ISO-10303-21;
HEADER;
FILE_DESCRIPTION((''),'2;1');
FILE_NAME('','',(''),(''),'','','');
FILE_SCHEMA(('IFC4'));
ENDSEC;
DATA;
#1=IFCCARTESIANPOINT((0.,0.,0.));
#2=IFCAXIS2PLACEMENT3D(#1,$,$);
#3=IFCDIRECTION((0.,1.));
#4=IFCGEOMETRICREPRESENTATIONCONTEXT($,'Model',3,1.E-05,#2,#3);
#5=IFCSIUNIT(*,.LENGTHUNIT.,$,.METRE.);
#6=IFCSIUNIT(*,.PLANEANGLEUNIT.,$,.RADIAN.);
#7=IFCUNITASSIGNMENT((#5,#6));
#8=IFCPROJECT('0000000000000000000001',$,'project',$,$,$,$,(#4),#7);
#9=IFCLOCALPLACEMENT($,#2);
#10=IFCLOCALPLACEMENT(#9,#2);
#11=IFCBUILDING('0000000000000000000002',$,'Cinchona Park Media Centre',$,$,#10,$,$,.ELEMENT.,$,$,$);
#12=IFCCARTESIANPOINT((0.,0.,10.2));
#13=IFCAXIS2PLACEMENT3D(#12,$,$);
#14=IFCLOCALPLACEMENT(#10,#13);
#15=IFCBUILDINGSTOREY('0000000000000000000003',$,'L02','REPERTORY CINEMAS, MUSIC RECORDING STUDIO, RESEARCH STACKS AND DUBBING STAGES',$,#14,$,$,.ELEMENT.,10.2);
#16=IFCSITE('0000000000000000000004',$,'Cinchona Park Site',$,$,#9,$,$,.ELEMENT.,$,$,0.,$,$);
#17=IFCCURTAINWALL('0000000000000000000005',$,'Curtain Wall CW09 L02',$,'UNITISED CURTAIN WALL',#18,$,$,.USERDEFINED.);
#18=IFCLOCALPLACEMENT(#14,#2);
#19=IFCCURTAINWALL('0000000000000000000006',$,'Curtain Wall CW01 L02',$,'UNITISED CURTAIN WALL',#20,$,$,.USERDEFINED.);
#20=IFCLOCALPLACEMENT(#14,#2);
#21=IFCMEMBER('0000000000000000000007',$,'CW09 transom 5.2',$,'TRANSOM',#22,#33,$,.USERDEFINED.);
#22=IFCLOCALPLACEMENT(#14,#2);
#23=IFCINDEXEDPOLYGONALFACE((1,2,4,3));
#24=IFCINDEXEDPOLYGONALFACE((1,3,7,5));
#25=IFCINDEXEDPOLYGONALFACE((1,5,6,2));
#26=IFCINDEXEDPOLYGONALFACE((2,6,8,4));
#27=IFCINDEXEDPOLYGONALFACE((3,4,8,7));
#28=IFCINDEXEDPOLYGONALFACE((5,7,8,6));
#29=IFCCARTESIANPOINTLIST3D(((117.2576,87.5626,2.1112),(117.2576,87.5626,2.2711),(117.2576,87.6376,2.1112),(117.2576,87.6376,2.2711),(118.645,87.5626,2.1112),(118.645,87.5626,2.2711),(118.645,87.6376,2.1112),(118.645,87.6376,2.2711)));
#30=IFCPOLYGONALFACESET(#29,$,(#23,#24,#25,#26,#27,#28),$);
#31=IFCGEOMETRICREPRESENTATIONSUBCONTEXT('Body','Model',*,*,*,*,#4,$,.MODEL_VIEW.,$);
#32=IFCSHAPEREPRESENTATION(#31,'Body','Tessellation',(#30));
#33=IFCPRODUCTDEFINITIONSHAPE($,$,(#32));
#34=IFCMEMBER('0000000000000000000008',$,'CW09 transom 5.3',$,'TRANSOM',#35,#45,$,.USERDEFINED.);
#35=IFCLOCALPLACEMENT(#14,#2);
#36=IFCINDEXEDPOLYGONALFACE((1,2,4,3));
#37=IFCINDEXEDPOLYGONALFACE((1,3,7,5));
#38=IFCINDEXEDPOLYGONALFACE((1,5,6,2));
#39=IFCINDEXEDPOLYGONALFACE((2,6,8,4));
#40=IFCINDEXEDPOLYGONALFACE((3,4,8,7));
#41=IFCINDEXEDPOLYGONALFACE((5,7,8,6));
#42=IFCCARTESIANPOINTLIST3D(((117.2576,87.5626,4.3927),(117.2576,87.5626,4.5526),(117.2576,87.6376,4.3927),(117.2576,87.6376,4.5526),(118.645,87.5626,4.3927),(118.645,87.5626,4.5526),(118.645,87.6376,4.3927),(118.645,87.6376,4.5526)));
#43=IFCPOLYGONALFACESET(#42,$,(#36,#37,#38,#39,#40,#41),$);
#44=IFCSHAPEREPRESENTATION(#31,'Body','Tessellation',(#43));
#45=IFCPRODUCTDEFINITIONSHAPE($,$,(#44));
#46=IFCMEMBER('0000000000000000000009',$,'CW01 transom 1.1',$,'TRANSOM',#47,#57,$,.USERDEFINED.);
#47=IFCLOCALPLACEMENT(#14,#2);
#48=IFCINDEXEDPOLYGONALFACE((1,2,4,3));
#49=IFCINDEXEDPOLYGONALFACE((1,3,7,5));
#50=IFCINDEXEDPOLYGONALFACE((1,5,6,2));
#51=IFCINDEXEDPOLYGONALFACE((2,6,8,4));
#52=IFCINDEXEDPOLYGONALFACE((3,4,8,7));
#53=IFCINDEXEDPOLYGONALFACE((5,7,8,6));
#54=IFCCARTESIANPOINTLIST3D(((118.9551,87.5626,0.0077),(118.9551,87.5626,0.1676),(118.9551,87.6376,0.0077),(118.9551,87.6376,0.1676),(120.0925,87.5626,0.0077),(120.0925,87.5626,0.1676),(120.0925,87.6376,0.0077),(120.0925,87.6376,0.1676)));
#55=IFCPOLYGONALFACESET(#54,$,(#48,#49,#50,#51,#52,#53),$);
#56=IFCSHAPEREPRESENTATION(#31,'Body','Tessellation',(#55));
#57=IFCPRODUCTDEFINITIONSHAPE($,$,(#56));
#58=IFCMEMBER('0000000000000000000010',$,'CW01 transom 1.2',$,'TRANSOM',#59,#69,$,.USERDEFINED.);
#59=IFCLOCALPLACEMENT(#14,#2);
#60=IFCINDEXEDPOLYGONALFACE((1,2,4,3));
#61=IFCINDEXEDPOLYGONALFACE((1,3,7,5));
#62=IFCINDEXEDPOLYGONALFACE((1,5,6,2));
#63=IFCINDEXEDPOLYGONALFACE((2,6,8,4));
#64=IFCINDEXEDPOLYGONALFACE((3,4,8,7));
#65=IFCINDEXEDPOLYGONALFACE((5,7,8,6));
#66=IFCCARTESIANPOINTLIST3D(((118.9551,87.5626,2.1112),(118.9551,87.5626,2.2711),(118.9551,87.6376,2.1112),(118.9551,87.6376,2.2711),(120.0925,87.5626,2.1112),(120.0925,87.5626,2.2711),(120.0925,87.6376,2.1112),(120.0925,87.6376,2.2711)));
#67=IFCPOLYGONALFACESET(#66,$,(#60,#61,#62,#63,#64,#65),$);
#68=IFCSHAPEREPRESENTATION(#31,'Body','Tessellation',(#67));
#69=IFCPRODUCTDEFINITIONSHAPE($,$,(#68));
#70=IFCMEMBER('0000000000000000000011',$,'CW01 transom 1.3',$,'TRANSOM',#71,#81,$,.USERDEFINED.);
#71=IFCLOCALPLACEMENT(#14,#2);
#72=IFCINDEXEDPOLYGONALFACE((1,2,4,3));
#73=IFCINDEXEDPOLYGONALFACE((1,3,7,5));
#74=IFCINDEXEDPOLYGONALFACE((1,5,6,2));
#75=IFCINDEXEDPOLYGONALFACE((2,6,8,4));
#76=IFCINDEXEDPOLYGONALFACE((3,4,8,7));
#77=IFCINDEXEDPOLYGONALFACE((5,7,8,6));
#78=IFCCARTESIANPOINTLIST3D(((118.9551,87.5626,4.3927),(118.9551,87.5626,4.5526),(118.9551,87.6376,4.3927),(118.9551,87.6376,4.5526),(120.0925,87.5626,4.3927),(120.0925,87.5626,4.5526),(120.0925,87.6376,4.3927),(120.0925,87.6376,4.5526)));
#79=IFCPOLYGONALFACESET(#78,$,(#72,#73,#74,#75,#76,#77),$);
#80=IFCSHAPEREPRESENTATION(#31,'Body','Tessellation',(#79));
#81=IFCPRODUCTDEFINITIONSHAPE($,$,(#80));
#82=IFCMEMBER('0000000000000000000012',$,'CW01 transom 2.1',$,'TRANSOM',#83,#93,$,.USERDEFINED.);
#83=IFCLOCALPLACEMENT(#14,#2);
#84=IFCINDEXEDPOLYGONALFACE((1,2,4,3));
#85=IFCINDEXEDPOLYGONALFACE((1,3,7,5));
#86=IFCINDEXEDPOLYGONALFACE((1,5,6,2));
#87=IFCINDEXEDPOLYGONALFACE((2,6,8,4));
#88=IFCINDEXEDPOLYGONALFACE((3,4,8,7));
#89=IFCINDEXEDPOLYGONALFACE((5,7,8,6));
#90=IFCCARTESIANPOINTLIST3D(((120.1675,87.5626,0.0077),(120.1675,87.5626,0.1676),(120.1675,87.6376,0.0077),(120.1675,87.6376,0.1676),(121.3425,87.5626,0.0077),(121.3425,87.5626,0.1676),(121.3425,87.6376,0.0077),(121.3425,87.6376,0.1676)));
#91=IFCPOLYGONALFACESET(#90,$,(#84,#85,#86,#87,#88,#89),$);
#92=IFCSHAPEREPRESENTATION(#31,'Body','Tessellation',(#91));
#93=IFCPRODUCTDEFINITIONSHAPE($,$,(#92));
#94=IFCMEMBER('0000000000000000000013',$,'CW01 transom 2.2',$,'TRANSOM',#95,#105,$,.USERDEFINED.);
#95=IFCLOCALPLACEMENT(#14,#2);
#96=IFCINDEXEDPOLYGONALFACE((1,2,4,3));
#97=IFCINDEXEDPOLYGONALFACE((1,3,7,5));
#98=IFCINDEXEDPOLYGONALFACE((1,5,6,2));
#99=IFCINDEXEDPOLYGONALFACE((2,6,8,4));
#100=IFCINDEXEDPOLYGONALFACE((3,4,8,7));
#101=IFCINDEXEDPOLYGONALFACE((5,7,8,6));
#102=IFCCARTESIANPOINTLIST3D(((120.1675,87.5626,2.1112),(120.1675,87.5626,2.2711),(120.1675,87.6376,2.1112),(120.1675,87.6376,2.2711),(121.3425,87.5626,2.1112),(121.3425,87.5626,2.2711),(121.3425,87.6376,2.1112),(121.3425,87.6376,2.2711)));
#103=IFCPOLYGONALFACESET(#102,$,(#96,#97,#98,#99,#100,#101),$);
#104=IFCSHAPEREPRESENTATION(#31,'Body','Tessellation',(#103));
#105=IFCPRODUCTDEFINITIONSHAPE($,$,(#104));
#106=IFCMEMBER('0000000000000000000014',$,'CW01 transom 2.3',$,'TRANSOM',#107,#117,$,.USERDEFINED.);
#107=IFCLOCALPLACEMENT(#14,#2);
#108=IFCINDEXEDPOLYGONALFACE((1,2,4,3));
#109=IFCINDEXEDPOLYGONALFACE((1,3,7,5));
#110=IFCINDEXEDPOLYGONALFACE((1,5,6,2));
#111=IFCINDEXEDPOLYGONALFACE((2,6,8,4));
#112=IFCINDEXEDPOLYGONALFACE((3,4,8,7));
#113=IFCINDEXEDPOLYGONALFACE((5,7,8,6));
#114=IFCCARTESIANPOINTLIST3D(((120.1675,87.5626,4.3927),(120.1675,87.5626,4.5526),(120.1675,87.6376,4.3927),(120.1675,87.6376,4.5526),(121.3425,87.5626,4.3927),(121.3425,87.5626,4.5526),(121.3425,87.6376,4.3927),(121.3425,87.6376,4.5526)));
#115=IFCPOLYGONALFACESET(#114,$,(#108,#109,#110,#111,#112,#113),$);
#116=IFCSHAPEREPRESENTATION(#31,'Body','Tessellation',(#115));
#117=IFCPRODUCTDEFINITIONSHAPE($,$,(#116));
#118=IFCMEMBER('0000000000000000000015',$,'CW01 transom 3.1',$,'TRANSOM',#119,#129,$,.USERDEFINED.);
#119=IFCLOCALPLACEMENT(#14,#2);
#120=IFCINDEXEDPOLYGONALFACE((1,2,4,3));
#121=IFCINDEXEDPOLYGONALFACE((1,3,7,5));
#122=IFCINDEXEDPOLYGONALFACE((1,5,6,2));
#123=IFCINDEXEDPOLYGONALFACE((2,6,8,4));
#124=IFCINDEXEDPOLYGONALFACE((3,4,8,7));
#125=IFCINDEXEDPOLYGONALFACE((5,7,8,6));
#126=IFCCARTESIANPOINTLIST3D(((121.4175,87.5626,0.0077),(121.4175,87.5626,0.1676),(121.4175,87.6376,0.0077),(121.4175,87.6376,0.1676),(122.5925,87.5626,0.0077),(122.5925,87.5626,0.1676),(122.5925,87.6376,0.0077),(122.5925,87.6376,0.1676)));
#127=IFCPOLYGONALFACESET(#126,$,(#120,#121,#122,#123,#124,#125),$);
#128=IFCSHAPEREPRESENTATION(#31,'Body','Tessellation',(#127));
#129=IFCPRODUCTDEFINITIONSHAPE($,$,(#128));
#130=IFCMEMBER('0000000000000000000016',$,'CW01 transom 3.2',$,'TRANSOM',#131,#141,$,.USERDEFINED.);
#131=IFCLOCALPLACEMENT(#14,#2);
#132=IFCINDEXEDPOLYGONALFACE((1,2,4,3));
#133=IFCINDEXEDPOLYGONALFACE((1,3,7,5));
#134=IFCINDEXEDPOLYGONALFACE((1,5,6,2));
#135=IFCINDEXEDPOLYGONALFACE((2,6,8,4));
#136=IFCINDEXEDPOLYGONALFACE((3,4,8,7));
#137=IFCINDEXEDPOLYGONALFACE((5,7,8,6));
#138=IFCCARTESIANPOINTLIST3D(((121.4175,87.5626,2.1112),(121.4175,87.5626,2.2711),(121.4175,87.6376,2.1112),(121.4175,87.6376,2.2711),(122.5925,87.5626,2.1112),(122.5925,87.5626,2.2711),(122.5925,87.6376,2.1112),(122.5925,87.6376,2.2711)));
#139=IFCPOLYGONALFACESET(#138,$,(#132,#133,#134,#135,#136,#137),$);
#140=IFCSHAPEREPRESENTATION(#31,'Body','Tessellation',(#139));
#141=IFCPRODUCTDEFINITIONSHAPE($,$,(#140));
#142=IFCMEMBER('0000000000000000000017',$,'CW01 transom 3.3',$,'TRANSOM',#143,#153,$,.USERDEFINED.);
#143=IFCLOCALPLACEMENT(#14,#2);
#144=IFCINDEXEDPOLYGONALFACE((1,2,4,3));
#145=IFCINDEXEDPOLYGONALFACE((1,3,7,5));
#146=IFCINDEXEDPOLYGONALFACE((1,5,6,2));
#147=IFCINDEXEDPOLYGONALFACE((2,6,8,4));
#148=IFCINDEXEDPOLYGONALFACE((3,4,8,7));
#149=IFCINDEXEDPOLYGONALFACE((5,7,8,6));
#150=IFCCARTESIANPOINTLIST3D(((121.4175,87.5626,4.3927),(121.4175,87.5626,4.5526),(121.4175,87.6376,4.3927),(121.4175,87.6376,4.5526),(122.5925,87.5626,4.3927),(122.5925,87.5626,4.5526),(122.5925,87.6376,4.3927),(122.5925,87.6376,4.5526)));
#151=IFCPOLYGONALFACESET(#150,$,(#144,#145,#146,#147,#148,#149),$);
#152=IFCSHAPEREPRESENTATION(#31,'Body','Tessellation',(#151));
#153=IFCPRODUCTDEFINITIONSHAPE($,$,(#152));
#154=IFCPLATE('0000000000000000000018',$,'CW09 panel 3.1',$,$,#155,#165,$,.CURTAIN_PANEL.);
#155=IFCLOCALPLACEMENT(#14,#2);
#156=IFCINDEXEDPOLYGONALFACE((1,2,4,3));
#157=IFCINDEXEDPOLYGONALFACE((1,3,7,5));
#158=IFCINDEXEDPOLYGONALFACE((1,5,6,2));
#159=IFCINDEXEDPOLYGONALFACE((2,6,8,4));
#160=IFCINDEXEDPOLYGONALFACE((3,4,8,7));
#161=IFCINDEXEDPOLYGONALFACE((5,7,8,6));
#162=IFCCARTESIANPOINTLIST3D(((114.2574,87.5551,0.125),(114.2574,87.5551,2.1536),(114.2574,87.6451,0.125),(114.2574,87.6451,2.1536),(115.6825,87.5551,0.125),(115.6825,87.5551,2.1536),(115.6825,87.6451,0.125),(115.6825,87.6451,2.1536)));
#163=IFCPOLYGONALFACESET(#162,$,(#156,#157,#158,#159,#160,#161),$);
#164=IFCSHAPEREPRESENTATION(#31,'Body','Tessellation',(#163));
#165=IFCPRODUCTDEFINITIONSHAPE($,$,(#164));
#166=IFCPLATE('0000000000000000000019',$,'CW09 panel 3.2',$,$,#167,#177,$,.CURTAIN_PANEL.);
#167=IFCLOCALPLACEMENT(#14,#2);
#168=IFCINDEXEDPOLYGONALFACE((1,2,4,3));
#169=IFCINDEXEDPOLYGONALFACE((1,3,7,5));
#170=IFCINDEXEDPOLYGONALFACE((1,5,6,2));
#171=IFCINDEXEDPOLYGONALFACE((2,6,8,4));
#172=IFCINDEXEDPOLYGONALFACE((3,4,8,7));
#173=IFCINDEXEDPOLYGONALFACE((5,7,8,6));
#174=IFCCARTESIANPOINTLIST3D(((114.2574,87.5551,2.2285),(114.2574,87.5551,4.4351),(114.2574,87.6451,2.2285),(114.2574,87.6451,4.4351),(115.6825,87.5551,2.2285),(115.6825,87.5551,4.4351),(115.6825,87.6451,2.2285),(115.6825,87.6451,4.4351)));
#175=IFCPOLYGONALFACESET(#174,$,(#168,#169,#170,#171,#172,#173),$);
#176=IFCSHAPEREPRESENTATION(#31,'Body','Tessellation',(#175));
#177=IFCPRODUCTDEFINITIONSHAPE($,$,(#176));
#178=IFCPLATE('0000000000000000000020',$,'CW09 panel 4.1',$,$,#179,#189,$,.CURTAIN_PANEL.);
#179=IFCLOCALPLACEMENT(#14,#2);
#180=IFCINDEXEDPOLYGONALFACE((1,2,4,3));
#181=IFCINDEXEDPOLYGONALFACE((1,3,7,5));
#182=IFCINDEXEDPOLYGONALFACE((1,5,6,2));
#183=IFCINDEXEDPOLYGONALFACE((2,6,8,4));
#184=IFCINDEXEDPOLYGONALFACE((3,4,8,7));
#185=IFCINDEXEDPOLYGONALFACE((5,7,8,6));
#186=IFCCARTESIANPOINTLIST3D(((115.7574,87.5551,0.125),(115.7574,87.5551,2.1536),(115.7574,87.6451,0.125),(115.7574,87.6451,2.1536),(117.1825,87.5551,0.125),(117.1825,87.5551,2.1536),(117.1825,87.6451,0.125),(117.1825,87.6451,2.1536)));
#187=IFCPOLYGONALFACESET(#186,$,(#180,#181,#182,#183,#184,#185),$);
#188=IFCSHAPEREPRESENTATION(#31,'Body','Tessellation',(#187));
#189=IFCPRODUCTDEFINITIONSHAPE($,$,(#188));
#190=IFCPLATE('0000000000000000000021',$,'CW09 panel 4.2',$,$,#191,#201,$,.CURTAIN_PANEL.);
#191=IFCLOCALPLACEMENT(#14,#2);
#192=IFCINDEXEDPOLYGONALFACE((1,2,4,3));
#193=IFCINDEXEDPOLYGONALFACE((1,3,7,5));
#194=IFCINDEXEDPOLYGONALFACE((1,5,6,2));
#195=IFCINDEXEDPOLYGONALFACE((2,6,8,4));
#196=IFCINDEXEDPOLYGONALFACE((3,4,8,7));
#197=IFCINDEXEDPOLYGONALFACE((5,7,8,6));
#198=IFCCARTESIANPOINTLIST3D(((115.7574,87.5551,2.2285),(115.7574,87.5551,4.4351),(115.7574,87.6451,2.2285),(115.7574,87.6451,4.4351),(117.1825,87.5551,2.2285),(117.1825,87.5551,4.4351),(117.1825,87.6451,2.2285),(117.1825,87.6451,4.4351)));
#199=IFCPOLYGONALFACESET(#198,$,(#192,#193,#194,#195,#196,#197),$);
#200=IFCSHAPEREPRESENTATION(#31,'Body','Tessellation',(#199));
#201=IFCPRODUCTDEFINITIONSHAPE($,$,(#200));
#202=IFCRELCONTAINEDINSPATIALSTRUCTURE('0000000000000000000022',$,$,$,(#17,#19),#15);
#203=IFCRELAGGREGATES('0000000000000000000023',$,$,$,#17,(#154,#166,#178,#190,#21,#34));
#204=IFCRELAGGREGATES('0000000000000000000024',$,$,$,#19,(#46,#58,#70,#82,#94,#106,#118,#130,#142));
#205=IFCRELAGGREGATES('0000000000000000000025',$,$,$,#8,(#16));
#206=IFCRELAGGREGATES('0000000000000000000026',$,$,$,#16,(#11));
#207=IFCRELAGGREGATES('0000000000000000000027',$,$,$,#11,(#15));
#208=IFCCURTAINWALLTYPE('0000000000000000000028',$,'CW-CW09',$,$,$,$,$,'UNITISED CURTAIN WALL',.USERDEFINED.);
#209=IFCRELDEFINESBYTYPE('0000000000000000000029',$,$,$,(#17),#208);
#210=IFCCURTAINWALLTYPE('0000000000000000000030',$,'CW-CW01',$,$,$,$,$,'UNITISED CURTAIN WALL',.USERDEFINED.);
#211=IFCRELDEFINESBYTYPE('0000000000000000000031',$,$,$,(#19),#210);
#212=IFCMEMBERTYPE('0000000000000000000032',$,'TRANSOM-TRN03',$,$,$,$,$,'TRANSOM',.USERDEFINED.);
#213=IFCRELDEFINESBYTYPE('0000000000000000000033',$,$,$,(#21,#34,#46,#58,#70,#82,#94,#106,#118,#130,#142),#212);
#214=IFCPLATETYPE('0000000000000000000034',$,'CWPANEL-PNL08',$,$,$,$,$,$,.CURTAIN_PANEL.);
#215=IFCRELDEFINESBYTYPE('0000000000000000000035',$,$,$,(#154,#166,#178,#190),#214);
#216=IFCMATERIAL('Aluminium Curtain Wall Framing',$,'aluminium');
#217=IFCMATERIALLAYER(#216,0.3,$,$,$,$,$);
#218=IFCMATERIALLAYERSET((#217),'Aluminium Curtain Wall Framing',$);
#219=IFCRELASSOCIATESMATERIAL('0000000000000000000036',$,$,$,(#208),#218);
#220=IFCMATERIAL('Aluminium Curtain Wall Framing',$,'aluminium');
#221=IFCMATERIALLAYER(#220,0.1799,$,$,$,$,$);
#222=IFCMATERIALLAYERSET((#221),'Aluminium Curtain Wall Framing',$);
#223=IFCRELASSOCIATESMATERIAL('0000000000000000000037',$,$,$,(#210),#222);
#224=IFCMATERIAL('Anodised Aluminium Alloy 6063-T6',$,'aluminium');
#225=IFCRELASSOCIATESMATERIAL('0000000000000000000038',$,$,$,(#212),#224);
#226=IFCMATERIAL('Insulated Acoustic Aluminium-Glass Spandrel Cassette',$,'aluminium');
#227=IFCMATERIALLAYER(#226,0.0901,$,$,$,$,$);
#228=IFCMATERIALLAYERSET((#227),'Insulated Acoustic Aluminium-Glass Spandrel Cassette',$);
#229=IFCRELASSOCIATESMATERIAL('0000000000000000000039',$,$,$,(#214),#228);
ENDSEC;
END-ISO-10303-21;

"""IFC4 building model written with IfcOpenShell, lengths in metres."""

from ifc_helpers import new_model, si_unit, direction, frame, origin, origin_2d, place, context, subcontext, project, spatial, rectangle, extrude, material, layer, layer_set, material_profile, profile_set, type_object, element, aggregate, save


model = new_model("IFC4")

# Units and contexts
model_context = context("Model", 3, precision=1e-05, world=origin(), true_north=direction((0.0, 1.0)))
body_context = subcontext(model_context, "Body", "Model", "MODEL_VIEW")
ifc_project = project(units=[si_unit("LENGTHUNIT", "METRE"), si_unit("PLANEANGLEUNIT", "RADIAN")], contexts=[model_context])

# Site, building, storey
site_placement = place(None, origin())
site = spatial("IfcSite", under=ifc_project, at=site_placement, Name="Cinchona Park Site", CompositionType="ELEMENT", RefElevation=0.0)
building_placement = place(site_placement, origin())
building = spatial("IfcBuilding", under=site, at=building_placement, Name="Cinchona Park Media Centre", CompositionType="ELEMENT")
storey_placement = place(building_placement, frame((0.0, 0.0, 10.2)))
storey = spatial("IfcBuildingStorey", under=building, at=storey_placement, Name="L02", Description="REPERTORY CINEMAS, MUSIC RECORDING STUDIO, RESEARCH STACKS AND DUBBING STAGES", CompositionType="ELEMENT", Elevation=10.2)

# Curtain walls
ifc_material_1 = material(Name="Aluminium Curtain Wall Framing", Category="aluminium")
ifc_layer_1 = layer(ifc_material_1, 0.3)
ifc_layer_set_1 = layer_set([ifc_layer_1], Name="Aluminium Curtain Wall Framing")
curtain_wall_type_1 = type_object("IfcCurtainWallType", Name="CW-CW09", ElementType="UNITISED CURTAIN WALL", PredefinedType="USERDEFINED", material=ifc_layer_set_1)
curtain_wall_1_placement = place(storey_placement, origin())
curtain_wall_1 = element("IfcCurtainWall", 1, at=curtain_wall_1_placement, inside=storey, type_object=curtain_wall_type_1, Name="Curtain Wall CW09 L02", ObjectType="UNITISED CURTAIN WALL", PredefinedType="USERDEFINED")
ifc_material_2 = material(Name="Aluminium Curtain Wall Framing", Category="aluminium")
ifc_layer_2 = layer(ifc_material_2, 0.1799)
ifc_layer_set_2 = layer_set([ifc_layer_2], Name="Aluminium Curtain Wall Framing")
curtain_wall_type_2 = type_object("IfcCurtainWallType", Name="CW-CW01", ElementType="UNITISED CURTAIN WALL", PredefinedType="USERDEFINED", material=ifc_layer_set_2)
curtain_wall_2_placement = place(storey_placement, origin())
curtain_wall_2 = element("IfcCurtainWall", 2, at=curtain_wall_2_placement, inside=storey, type_object=curtain_wall_type_2, Name="Curtain Wall CW01 L02", ObjectType="UNITISED CURTAIN WALL", PredefinedType="USERDEFINED")

# Members
ifc_material_3 = material(Name="Anodised Aluminium Alloy 6063-T6", Category="aluminium")
ifc_material_profile_1 = material_profile(ifc_material_3, rectangle(XDim=0.075, YDim=0.1599, at=origin_2d()), Name="TRN-75X160")
ifc_profile_set_1 = profile_set([ifc_material_profile_1], Name="Anodised Aluminium Alloy 6063-T6")
member_type_1 = type_object("IfcMemberType", Name="TRANSOM-TRN03", ElementType="TRANSOM", PredefinedType="USERDEFINED", material=ifc_profile_set_1)
member_1_placement = place(storey_placement, frame((117.2576, 87.6001, 2.1912), z_axis=(1.0, 0.0, 0.0), x_axis=(0.0, 1.0, 0.0)))
member_1 = element("IfcMember", 3, at=member_1_placement, type_object=member_type_1, Name="CW09 transom 5.2", ObjectType="TRANSOM", PredefinedType="USERDEFINED", context=body_context, shape_type="SweptSolid", body=[
    extrude(rectangle(XDim=0.075, YDim=0.1599, at=origin_2d()), origin(), (0.0, 0.0, 1.0), 1.3875),
])
member_2_placement = place(storey_placement, frame((117.2576, 87.6001, 4.4727), z_axis=(1.0, 0.0, 0.0), x_axis=(0.0, 1.0, 0.0)))
member_2 = element("IfcMember", 4, at=member_2_placement, type_object=member_type_1, Name="CW09 transom 5.3", ObjectType="TRANSOM", PredefinedType="USERDEFINED", context=body_context, shape_type="SweptSolid", body=[
    extrude(rectangle(XDim=0.075, YDim=0.1599, at=origin_2d()), origin(), (0.0, 0.0, 1.0), 1.3875),
])
member_3_placement = place(storey_placement, frame((118.9551, 87.6001, 0.0876), z_axis=(1.0, 0.0, 0.0), x_axis=(0.0, 1.0, 0.0)))
member_3 = element("IfcMember", 5, at=member_3_placement, type_object=member_type_1, Name="CW01 transom 1.1", ObjectType="TRANSOM", PredefinedType="USERDEFINED", context=body_context, shape_type="SweptSolid", body=[
    extrude(rectangle(XDim=0.075, YDim=0.1599, at=origin_2d()), origin(), (0.0, 0.0, 1.0), 1.1375),
])
member_4_placement = place(storey_placement, frame((118.9551, 87.6001, 2.1912), z_axis=(1.0, 0.0, 0.0), x_axis=(0.0, 1.0, 0.0)))
member_4 = element("IfcMember", 6, at=member_4_placement, type_object=member_type_1, Name="CW01 transom 1.2", ObjectType="TRANSOM", PredefinedType="USERDEFINED", context=body_context, shape_type="SweptSolid", body=[
    extrude(rectangle(XDim=0.075, YDim=0.1599, at=origin_2d()), origin(), (0.0, 0.0, 1.0), 1.1375),
])
member_5_placement = place(storey_placement, frame((118.9551, 87.6001, 4.4727), z_axis=(1.0, 0.0, 0.0), x_axis=(0.0, 1.0, 0.0)))
member_5 = element("IfcMember", 7, at=member_5_placement, type_object=member_type_1, Name="CW01 transom 1.3", ObjectType="TRANSOM", PredefinedType="USERDEFINED", context=body_context, shape_type="SweptSolid", body=[
    extrude(rectangle(XDim=0.075, YDim=0.1599, at=origin_2d()), origin(), (0.0, 0.0, 1.0), 1.1375),
])
member_6_placement = place(storey_placement, frame((120.1675, 87.6001, 0.0876), z_axis=(1.0, 0.0, 0.0), x_axis=(0.0, 1.0, 0.0)))
member_6 = element("IfcMember", 8, at=member_6_placement, type_object=member_type_1, Name="CW01 transom 2.1", ObjectType="TRANSOM", PredefinedType="USERDEFINED", context=body_context, shape_type="SweptSolid", body=[
    extrude(rectangle(XDim=0.075, YDim=0.1599, at=origin_2d()), origin(), (0.0, 0.0, 1.0), 1.175),
])
member_7_placement = place(storey_placement, frame((120.1675, 87.6001, 2.1912), z_axis=(1.0, 0.0, 0.0), x_axis=(0.0, 1.0, 0.0)))
member_7 = element("IfcMember", 9, at=member_7_placement, type_object=member_type_1, Name="CW01 transom 2.2", ObjectType="TRANSOM", PredefinedType="USERDEFINED", context=body_context, shape_type="SweptSolid", body=[
    extrude(rectangle(XDim=0.075, YDim=0.1599, at=origin_2d()), origin(), (0.0, 0.0, 1.0), 1.175),
])
member_8_placement = place(storey_placement, frame((120.1675, 87.6001, 4.4727), z_axis=(1.0, 0.0, 0.0), x_axis=(0.0, 1.0, 0.0)))
member_8 = element("IfcMember", 10, at=member_8_placement, type_object=member_type_1, Name="CW01 transom 2.3", ObjectType="TRANSOM", PredefinedType="USERDEFINED", context=body_context, shape_type="SweptSolid", body=[
    extrude(rectangle(XDim=0.075, YDim=0.1599, at=origin_2d()), origin(), (0.0, 0.0, 1.0), 1.175),
])
member_9_placement = place(storey_placement, frame((121.4175, 87.6001, 0.0876), z_axis=(1.0, 0.0, 0.0), x_axis=(0.0, 1.0, 0.0)))
member_9 = element("IfcMember", 11, at=member_9_placement, type_object=member_type_1, Name="CW01 transom 3.1", ObjectType="TRANSOM", PredefinedType="USERDEFINED", context=body_context, shape_type="SweptSolid", body=[
    extrude(rectangle(XDim=0.075, YDim=0.1599, at=origin_2d()), origin(), (0.0, 0.0, 1.0), 1.175),
])
member_10_placement = place(storey_placement, frame((121.4175, 87.6001, 2.1912), z_axis=(1.0, 0.0, 0.0), x_axis=(0.0, 1.0, 0.0)))
member_10 = element("IfcMember", 12, at=member_10_placement, type_object=member_type_1, Name="CW01 transom 3.2", ObjectType="TRANSOM", PredefinedType="USERDEFINED", context=body_context, shape_type="SweptSolid", body=[
    extrude(rectangle(XDim=0.075, YDim=0.1599, at=origin_2d()), origin(), (0.0, 0.0, 1.0), 1.175),
])
member_11_placement = place(storey_placement, frame((121.4175, 87.6001, 4.4727), z_axis=(1.0, 0.0, 0.0), x_axis=(0.0, 1.0, 0.0)))
member_11 = element("IfcMember", 13, at=member_11_placement, type_object=member_type_1, Name="CW01 transom 3.3", ObjectType="TRANSOM", PredefinedType="USERDEFINED", context=body_context, shape_type="SweptSolid", body=[
    extrude(rectangle(XDim=0.075, YDim=0.1599, at=origin_2d()), origin(), (0.0, 0.0, 1.0), 1.175),
])

# Plates
ifc_material_4 = material(Name="Insulated Acoustic Aluminium-Glass Spandrel Cassette", Category="aluminium")
ifc_layer_3 = layer(ifc_material_4, 0.0901)
ifc_layer_set_3 = layer_set([ifc_layer_3], Name="Insulated Acoustic Aluminium-Glass Spandrel Cassette")
plate_type_1 = type_object("IfcPlateType", Name="CWPANEL-PNL08", PredefinedType="CURTAIN_PANEL", material=ifc_layer_set_3)
plate_1_placement = place(storey_placement, frame((114.97, 87.6001, 0.125), z_axis=(0.0, 0.0, 1.0), x_axis=(1.0, 0.0, 0.0)))
plate_1 = element("IfcPlate", 14, at=plate_1_placement, type_object=plate_type_1, Name="CW09 panel 3.1", PredefinedType="CURTAIN_PANEL", context=body_context, shape_type="SweptSolid", body=[
    extrude(rectangle(XDim=1.425, YDim=0.0901, at=origin_2d()), origin(), (0.0, 0.0, 1.0), 2.0286),
])
plate_2_placement = place(storey_placement, frame((114.97, 87.6001, 2.2285), z_axis=(0.0, 0.0, 1.0), x_axis=(1.0, 0.0, 0.0)))
plate_2 = element("IfcPlate", 15, at=plate_2_placement, type_object=plate_type_1, Name="CW09 panel 3.2", PredefinedType="CURTAIN_PANEL", context=body_context, shape_type="SweptSolid", body=[
    extrude(rectangle(XDim=1.425, YDim=0.0901, at=origin_2d()), origin(), (0.0, 0.0, 1.0), 2.2065),
])
plate_3_placement = place(storey_placement, frame((116.47, 87.6001, 0.125), z_axis=(0.0, 0.0, 1.0), x_axis=(1.0, 0.0, 0.0)))
plate_3 = element("IfcPlate", 16, at=plate_3_placement, type_object=plate_type_1, Name="CW09 panel 4.1", PredefinedType="CURTAIN_PANEL", context=body_context, shape_type="SweptSolid", body=[
    extrude(rectangle(XDim=1.425, YDim=0.0901, at=origin_2d()), origin(), (0.0, 0.0, 1.0), 2.0286),
])
plate_4_placement = place(storey_placement, frame((116.47, 87.6001, 2.2285), z_axis=(0.0, 0.0, 1.0), x_axis=(1.0, 0.0, 0.0)))
plate_4 = element("IfcPlate", 17, at=plate_4_placement, type_object=plate_type_1, Name="CW09 panel 4.2", PredefinedType="CURTAIN_PANEL", context=body_context, shape_type="SweptSolid", body=[
    extrude(rectangle(XDim=1.425, YDim=0.0901, at=origin_2d()), origin(), (0.0, 0.0, 1.0), 2.2065),
])
aggregate(curtain_wall_1, [plate_1, plate_2, plate_3, plate_4, member_1, member_2])
aggregate(curtain_wall_2, [member_3, member_4, member_5, member_6, member_7, member_8, member_9, member_10, member_11])

save(model, "model.ifc")
